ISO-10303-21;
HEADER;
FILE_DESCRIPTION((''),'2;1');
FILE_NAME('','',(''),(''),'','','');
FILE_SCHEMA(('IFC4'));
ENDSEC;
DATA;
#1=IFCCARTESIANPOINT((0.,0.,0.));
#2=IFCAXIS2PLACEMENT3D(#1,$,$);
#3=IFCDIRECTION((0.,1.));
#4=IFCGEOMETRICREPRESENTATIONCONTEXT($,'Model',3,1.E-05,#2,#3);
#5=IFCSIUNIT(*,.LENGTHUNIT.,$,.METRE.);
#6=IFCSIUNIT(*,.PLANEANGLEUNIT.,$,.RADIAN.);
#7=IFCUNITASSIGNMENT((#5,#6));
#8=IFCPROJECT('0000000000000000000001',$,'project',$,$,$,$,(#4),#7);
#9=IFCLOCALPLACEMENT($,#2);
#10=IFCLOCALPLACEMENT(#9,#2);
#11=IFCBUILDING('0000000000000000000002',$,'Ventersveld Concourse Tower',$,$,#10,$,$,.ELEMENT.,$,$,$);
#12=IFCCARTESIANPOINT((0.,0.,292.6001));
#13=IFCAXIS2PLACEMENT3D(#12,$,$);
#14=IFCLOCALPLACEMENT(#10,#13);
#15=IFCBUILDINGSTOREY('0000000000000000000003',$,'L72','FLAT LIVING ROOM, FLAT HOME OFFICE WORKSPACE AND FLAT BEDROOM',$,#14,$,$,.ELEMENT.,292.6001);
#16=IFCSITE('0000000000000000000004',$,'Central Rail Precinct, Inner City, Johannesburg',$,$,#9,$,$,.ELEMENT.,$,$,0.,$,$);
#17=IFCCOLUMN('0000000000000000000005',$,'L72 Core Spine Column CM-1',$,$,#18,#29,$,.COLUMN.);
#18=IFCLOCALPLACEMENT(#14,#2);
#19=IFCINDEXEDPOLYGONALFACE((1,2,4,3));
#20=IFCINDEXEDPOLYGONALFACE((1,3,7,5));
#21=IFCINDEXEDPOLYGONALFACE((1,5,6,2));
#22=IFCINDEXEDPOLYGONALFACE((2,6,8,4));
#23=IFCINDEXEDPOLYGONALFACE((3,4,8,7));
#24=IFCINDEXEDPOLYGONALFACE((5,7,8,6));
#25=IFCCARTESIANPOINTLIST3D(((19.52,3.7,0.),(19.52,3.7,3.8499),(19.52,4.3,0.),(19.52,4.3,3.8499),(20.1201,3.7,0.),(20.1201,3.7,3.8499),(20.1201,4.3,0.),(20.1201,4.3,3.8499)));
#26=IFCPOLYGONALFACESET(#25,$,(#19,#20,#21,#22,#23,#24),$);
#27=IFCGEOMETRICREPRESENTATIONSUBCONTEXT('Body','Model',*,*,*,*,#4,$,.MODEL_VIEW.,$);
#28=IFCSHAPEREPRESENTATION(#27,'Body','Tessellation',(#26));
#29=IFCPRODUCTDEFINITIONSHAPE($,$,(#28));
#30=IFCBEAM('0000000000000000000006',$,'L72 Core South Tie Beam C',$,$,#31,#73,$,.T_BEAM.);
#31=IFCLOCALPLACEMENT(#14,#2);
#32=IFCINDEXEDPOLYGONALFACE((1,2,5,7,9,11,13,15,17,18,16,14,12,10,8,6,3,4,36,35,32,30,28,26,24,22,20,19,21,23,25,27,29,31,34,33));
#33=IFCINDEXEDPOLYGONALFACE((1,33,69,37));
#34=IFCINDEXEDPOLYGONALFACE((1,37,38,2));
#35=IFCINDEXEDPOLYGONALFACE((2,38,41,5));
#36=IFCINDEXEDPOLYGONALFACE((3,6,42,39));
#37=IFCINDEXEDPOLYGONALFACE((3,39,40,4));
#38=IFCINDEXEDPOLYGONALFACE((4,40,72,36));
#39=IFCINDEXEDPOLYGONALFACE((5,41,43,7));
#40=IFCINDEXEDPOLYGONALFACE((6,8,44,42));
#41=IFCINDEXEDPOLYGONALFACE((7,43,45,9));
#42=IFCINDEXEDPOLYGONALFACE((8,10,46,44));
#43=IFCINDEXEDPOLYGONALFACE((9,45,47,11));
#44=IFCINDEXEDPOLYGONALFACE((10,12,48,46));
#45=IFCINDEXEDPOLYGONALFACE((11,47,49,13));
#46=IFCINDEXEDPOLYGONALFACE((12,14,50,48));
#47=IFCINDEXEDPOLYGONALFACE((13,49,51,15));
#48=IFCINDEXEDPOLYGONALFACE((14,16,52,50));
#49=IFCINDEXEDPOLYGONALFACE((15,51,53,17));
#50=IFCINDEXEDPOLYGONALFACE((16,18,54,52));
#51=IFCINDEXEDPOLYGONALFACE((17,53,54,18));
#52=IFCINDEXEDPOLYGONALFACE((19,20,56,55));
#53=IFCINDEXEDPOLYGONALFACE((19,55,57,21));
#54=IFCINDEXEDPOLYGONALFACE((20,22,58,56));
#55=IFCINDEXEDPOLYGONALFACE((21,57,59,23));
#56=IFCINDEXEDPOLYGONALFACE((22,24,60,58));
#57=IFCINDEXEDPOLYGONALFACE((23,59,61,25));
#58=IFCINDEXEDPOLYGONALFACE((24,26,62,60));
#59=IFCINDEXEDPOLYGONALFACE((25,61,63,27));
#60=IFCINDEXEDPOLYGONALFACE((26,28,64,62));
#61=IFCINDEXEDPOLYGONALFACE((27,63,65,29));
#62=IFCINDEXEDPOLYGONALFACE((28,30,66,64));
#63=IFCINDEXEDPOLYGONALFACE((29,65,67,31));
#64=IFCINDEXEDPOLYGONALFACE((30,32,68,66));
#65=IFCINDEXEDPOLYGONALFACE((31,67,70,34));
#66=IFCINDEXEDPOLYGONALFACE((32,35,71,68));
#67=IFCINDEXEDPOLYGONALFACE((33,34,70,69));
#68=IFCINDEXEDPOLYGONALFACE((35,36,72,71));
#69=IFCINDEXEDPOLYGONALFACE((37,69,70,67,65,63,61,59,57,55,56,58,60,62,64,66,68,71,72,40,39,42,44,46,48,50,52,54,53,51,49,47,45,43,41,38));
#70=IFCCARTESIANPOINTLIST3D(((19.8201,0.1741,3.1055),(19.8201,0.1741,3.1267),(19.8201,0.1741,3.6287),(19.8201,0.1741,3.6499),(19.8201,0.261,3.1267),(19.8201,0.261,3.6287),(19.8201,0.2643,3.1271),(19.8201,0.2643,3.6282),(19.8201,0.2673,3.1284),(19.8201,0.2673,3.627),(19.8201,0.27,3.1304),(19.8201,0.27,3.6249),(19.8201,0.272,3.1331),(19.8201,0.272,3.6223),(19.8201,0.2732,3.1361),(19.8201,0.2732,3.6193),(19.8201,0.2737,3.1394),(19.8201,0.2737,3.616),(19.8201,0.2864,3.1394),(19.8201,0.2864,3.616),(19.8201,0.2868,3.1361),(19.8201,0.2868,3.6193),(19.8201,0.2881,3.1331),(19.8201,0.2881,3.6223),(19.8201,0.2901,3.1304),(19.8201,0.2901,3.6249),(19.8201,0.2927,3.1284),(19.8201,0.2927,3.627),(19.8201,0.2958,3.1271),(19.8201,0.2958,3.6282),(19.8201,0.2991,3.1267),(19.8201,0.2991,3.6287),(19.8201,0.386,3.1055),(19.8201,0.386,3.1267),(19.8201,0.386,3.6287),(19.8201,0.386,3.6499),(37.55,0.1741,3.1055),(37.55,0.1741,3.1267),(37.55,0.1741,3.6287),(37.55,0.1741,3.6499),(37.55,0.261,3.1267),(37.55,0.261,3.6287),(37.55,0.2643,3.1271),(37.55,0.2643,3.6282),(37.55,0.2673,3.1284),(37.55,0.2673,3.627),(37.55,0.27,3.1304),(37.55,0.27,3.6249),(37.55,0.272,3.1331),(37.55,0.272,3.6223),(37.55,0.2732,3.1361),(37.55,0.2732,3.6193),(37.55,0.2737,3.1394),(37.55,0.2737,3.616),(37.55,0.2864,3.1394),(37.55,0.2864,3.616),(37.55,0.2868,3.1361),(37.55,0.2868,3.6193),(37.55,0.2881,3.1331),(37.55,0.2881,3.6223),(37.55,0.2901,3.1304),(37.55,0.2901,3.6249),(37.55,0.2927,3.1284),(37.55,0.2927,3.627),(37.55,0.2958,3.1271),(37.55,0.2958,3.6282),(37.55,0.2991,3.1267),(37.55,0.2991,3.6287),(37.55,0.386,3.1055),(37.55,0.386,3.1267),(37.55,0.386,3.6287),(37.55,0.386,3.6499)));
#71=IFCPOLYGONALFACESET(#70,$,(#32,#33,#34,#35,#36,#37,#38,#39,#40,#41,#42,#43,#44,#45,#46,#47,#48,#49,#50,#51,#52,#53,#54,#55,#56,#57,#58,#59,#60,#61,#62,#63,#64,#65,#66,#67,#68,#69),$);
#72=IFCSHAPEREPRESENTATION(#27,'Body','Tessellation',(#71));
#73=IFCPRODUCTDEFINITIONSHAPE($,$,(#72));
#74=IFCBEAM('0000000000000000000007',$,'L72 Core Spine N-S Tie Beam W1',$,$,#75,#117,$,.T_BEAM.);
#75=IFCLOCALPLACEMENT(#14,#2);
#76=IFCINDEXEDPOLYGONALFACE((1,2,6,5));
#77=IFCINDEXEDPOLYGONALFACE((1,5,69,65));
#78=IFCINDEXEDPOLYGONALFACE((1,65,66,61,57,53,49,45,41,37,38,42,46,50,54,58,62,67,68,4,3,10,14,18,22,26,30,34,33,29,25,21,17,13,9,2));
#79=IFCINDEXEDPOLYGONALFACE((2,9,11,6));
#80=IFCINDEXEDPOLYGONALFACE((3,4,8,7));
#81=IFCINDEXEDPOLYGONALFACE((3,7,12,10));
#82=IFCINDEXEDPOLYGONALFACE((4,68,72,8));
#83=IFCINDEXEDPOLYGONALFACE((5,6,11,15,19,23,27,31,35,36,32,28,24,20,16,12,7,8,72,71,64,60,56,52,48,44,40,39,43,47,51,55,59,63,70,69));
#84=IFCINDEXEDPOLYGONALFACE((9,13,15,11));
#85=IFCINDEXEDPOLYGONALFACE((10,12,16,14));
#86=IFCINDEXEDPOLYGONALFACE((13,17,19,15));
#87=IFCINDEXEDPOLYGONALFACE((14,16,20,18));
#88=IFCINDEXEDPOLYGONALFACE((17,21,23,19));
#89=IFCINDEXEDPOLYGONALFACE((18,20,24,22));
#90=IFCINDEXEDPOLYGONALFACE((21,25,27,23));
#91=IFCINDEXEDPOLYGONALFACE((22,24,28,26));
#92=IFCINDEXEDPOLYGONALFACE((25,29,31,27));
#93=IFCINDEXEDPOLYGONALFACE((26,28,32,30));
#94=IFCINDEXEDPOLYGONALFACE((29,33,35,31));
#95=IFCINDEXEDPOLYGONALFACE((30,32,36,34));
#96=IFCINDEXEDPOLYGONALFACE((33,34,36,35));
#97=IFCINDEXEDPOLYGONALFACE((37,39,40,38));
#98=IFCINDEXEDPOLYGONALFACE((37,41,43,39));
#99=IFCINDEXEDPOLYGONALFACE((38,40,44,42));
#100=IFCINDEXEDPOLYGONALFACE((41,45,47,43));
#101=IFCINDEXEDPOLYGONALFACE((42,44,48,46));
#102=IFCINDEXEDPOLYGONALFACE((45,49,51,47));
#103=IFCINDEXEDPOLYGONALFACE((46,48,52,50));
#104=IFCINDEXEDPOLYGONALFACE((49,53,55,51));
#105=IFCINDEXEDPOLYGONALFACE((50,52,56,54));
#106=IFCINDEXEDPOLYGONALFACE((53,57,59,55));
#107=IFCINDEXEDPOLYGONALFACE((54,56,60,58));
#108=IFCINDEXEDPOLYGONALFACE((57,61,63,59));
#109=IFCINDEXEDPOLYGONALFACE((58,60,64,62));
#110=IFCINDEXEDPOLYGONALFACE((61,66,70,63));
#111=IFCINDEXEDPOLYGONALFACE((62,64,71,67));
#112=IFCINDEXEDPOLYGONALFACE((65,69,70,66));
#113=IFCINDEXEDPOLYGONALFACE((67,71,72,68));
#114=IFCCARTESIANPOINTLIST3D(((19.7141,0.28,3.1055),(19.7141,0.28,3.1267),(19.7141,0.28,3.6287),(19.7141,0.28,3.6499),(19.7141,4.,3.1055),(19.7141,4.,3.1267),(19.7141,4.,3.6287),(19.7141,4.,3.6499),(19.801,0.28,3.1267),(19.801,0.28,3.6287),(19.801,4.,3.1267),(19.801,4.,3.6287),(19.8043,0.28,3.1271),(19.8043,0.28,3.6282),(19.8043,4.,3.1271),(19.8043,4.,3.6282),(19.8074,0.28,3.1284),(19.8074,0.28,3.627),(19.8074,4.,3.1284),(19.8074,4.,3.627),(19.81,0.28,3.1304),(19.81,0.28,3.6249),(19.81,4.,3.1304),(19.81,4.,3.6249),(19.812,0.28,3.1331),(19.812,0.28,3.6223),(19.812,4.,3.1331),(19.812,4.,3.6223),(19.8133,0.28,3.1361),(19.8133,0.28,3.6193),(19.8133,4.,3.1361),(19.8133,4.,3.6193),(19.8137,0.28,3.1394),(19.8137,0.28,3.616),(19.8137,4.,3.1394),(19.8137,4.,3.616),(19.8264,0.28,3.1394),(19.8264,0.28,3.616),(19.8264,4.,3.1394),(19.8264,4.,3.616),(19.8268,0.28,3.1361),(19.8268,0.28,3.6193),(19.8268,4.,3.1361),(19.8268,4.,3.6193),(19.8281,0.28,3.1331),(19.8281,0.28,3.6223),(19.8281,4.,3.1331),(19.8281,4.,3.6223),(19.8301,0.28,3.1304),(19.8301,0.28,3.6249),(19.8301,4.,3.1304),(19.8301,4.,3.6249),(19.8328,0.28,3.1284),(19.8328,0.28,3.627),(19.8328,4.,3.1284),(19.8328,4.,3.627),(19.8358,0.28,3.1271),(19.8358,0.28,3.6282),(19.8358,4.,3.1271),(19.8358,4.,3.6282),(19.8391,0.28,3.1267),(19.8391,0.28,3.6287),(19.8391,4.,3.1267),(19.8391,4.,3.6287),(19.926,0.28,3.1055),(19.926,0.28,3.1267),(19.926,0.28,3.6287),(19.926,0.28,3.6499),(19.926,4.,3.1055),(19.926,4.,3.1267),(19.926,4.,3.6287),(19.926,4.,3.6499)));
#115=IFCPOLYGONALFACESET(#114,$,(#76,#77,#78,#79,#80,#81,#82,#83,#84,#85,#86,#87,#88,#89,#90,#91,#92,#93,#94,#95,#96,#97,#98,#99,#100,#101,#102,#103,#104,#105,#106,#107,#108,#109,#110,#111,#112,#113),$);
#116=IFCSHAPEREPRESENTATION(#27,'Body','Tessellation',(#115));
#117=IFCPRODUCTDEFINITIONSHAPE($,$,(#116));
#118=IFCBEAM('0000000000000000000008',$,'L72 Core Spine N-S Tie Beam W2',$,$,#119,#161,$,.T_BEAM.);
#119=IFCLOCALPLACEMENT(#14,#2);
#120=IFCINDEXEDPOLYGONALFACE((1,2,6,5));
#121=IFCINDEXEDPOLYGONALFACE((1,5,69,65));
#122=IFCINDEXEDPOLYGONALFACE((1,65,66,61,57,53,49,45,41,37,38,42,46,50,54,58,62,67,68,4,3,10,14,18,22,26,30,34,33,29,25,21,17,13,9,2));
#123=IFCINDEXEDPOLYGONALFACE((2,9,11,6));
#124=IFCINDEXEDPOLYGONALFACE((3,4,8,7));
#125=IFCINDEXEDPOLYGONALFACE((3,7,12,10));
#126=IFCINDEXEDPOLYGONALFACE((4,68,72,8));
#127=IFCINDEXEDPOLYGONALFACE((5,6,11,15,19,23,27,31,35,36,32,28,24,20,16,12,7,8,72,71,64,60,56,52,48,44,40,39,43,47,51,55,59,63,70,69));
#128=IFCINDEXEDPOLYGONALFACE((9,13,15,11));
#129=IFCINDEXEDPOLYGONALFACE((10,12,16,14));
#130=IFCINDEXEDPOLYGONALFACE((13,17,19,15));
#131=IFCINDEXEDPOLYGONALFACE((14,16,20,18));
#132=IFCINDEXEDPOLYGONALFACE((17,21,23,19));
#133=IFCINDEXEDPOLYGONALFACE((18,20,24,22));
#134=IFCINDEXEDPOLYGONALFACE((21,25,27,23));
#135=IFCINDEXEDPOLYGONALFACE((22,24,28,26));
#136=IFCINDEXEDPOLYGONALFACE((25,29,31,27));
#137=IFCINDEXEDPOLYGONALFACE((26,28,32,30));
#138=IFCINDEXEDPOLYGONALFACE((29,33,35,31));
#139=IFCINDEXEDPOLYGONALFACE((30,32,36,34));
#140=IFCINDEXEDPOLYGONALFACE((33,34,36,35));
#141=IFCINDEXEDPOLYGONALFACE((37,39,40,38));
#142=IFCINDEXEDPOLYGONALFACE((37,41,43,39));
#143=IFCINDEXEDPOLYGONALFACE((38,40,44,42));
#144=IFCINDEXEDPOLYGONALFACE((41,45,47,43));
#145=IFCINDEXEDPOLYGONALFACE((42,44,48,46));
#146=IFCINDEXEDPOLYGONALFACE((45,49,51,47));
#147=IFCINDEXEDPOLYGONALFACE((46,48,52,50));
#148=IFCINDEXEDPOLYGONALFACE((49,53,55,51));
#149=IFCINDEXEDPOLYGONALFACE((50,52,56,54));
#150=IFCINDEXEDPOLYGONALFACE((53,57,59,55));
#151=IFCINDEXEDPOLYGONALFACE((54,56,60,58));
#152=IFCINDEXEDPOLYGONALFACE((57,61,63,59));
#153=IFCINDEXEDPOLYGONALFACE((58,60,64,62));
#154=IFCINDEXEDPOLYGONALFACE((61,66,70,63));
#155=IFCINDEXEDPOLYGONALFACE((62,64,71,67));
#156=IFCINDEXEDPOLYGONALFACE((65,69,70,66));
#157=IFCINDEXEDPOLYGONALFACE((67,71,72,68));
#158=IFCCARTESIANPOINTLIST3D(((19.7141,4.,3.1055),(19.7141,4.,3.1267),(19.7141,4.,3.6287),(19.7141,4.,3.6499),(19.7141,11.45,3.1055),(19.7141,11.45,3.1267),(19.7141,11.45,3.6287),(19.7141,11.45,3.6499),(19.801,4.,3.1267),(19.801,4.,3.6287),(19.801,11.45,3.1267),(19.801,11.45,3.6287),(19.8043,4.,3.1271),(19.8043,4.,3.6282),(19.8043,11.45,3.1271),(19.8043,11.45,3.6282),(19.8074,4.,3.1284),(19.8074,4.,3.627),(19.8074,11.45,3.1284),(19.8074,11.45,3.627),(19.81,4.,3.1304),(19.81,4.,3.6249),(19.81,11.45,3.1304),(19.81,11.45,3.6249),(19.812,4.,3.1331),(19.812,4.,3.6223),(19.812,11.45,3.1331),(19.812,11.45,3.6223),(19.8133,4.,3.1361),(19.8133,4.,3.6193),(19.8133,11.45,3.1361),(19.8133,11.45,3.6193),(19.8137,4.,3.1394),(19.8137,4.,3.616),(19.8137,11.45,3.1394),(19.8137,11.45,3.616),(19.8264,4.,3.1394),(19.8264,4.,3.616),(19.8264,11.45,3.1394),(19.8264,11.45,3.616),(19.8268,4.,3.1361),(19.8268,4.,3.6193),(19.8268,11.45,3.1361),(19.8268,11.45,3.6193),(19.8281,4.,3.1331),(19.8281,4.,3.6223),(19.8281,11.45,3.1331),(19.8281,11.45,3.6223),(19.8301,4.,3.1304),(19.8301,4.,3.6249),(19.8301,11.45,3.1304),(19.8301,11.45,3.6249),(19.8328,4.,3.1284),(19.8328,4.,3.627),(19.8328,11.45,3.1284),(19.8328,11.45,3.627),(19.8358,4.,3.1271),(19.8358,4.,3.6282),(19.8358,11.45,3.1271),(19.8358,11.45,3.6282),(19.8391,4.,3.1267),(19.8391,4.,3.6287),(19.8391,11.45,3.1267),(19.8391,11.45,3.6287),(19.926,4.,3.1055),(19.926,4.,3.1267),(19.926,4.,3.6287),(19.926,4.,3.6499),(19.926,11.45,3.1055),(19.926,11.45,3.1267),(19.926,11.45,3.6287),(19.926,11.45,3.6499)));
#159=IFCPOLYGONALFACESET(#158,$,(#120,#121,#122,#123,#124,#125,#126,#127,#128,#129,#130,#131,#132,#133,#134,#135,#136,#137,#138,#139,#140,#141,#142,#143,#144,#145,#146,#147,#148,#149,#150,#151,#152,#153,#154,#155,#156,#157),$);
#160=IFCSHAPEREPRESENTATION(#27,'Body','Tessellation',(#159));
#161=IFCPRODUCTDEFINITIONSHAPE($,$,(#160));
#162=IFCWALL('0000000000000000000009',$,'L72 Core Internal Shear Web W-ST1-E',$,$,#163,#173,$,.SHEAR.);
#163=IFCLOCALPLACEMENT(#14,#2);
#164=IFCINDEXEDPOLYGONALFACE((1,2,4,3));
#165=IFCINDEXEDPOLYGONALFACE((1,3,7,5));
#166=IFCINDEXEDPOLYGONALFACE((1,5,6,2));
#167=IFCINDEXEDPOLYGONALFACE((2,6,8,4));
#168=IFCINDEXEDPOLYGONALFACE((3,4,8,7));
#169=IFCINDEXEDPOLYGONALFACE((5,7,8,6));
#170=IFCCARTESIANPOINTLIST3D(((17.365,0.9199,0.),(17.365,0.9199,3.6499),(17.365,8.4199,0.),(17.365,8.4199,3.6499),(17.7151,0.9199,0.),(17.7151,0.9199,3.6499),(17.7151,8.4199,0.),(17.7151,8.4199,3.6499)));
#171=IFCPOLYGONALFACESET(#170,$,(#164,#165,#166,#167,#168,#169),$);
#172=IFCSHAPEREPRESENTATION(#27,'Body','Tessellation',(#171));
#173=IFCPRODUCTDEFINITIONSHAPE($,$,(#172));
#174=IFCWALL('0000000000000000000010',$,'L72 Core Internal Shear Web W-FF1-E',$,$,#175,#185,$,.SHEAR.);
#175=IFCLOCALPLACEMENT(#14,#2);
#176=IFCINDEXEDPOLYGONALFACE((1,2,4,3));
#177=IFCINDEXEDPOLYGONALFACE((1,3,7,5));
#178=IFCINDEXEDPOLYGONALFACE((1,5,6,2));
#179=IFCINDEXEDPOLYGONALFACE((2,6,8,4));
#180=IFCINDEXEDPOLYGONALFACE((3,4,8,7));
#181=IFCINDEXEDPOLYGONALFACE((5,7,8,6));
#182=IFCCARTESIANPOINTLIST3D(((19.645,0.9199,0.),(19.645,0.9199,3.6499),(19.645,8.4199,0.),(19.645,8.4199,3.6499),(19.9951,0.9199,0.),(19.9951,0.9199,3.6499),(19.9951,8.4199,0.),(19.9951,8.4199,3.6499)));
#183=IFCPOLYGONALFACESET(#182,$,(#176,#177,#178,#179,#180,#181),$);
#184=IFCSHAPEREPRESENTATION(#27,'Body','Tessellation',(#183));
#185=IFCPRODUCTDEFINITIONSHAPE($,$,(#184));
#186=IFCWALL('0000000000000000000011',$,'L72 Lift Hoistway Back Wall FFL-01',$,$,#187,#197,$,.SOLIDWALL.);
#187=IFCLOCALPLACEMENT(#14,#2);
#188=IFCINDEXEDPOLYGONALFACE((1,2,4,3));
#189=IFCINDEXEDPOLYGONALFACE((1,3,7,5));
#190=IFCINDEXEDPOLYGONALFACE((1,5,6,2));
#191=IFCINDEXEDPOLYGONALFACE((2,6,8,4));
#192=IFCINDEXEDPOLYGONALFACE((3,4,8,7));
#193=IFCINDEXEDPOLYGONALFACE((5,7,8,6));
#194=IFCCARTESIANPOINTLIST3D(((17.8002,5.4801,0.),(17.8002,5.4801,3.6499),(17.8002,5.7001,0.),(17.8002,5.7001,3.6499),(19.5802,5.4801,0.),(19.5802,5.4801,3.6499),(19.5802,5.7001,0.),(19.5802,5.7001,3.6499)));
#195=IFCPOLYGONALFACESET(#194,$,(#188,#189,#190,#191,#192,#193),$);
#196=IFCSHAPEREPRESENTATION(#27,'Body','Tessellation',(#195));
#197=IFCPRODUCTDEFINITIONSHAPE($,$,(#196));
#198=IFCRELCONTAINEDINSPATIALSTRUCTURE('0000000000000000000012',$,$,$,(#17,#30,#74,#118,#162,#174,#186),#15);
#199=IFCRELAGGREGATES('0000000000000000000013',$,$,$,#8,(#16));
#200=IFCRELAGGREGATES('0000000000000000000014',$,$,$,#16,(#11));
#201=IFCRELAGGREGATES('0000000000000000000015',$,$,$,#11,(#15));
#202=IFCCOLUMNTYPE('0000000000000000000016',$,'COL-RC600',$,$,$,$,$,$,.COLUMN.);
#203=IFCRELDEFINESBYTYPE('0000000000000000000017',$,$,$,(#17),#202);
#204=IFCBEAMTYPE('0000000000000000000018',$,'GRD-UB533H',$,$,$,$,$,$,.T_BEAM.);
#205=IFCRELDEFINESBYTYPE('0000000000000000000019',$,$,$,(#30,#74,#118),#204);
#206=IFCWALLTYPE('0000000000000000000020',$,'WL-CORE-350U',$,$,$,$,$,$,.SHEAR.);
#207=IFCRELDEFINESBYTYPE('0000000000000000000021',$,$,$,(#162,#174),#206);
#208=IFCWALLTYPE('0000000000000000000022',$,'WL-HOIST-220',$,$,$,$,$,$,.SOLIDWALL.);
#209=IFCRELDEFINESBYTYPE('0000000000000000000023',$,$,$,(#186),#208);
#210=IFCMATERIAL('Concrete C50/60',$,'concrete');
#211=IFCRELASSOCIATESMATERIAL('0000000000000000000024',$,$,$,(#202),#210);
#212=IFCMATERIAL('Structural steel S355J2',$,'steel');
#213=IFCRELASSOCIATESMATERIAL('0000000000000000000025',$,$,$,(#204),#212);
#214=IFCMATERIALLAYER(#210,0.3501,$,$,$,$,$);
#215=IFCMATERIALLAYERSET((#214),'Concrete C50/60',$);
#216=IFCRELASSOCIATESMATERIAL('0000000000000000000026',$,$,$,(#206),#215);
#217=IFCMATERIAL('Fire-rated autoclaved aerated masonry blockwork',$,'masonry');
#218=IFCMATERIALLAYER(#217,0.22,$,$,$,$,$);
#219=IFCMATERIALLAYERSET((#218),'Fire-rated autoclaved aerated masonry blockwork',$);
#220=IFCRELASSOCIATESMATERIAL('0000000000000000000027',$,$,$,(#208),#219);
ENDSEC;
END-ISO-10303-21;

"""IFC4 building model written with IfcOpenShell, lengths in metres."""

from ifc_helpers import new_model, si_unit, direction, frame, frame_2d, origin, origin_2d, place, context, subcontext, project, spatial, rectangle, i_section, extrude, material, layer, layer_set, material_profile, profile_set, type_object, element, save


model = new_model("IFC4")

# Units and contexts
model_context = context("Model", 3, precision=1e-05, world=origin(), true_north=direction((0.0, 1.0)))
body_context = subcontext(model_context, "Body", "Model", "MODEL_VIEW")
ifc_project = project(units=[si_unit("LENGTHUNIT", "METRE"), si_unit("PLANEANGLEUNIT", "RADIAN")], contexts=[model_context])

# Site, building, storey
site_placement = place(None, origin())
site = spatial("IfcSite", under=ifc_project, at=site_placement, Name="Central Rail Precinct, Inner City, Johannesburg", CompositionType="ELEMENT", RefElevation=0.0)
building_placement = place(site_placement, origin())
building = spatial("IfcBuilding", under=site, at=building_placement, Name="Ventersveld Concourse Tower", CompositionType="ELEMENT")
storey_placement = place(building_placement, frame((0.0, 0.0, 292.6001)))
storey = spatial("IfcBuildingStorey", under=building, at=storey_placement, Name="L72", Description="FLAT LIVING ROOM, FLAT HOME OFFICE WORKSPACE AND FLAT BEDROOM", CompositionType="ELEMENT", Elevation=292.6001)

# Column
ifc_material_1 = material(Name="Concrete C50/60", Category="concrete")
ifc_material_profile_1 = material_profile(ifc_material_1, rectangle(XDim=0.6001, YDim=0.6001, at=origin_2d()), Name="RC 600x600")
ifc_profile_set_1 = profile_set([ifc_material_profile_1], Name="Concrete C50/60")
column_type = type_object("IfcColumnType", Name="COL-RC600", PredefinedType="COLUMN", material=ifc_profile_set_1)
column_placement = place(storey_placement, frame((19.8201, 4.0, 0.0), z_axis=(0.0, 0.0, 1.0), x_axis=(1.0, 0.0, 0.0)))
element("IfcColumn", 1, at=column_placement, inside=storey, type_object=column_type, Name="L72 Core Spine Column CM-1", PredefinedType="COLUMN", context=body_context, shape_type="SweptSolid", body=[
    extrude(rectangle(XDim=0.6001, YDim=0.6001, at=origin_2d()), origin(), (0.0, 0.0, 1.0), 3.8499),
])

# Beams
ifc_material_2 = material(Name="Structural steel S355J2", Category="steel")
ifc_material_profile_2 = material_profile(ifc_material_2, i_section(OverallWidth=0.2119, OverallDepth=0.5444, WebThickness=0.0127, FlangeThickness=0.0212, FilletRadius=0.0127, at=origin_2d()), Name="UB 533x210x122")
ifc_profile_set_2 = profile_set([ifc_material_profile_2], Name="Structural steel S355J2")
beam_type = type_object("IfcBeamType", Name="GRD-UB533H", PredefinedType="T_BEAM", material=ifc_profile_set_2)
beam_1_placement = place(storey_placement, frame((19.8201, 0.28, 3.3777), z_axis=(1.0, 0.0, 0.0), x_axis=(0.0, 1.0, 0.0)))
element("IfcBeam", 2, at=beam_1_placement, inside=storey, type_object=beam_type, Name="L72 Core South Tie Beam C", PredefinedType="T_BEAM", context=body_context, shape_type="SweptSolid", body=[
    extrude(i_section(OverallWidth=0.2119, OverallDepth=0.5444, WebThickness=0.0127, FlangeThickness=0.0212, FilletRadius=0.0127, at=origin_2d()), origin(), (0.0, 0.0, 1.0), 17.73),
])
beam_2_placement = place(storey_placement, frame((19.8201, 0.28, 3.3777), z_axis=(0.0, 1.0, 0.0), x_axis=(-1.0, 0.0, 0.0)))
element("IfcBeam", 3, at=beam_2_placement, inside=storey, type_object=beam_type, Name="L72 Core Spine N-S Tie Beam W1", PredefinedType="T_BEAM", context=body_context, shape_type="SweptSolid", body=[
    extrude(i_section(OverallWidth=0.2119, OverallDepth=0.5444, WebThickness=0.0127, FlangeThickness=0.0212, FilletRadius=0.0127, at=origin_2d()), origin(), (0.0, 0.0, 1.0), 3.72),
])
beam_3_placement = place(storey_placement, frame((19.8201, 4.0, 3.3777), z_axis=(0.0, 1.0, 0.0), x_axis=(-1.0, 0.0, 0.0)))
element("IfcBeam", 4, at=beam_3_placement, inside=storey, type_object=beam_type, Name="L72 Core Spine N-S Tie Beam W2", PredefinedType="T_BEAM", context=body_context, shape_type="SweptSolid", body=[
    extrude(i_section(OverallWidth=0.2119, OverallDepth=0.5444, WebThickness=0.0127, FlangeThickness=0.0212, FilletRadius=0.0127, at=origin_2d()), origin(), (0.0, 0.0, 1.0), 7.45),
])

# Walls
ifc_layer_1 = layer(ifc_material_1, 0.3501)
ifc_layer_set_1 = layer_set([ifc_layer_1], Name="Concrete C50/60")
wall_type_1 = type_object("IfcWallType", Name="WL-CORE-350U", PredefinedType="SHEAR", material=ifc_layer_set_1)
for number, where, z_axis, x_axis, name in (
    (5, (17.54, 0.9199, 0.0), (0.0, 0.0, 1.0), (0.0, 1.0, 0.0), "L72 Core Internal Shear Web W-ST1-E"),
    (6, (19.8201, 0.9199, 0.0), (0.0, 0.0, 1.0), (0.0, 1.0, 0.0), "L72 Core Internal Shear Web W-FF1-E"),
):
    element("IfcWall", number, at=place(storey_placement, frame(where, z_axis=z_axis, x_axis=x_axis)), inside=storey, type_object=wall_type_1, Name=name, PredefinedType="SHEAR", context=body_context, shape_type="SweptSolid", body=[
        extrude(rectangle(XDim=7.5, YDim=0.3501, at=frame_2d((3.75, 0.0))), origin(), (0.0, 0.0, 1.0), 3.6499),
    ])
ifc_material_3 = material(Name="Fire-rated autoclaved aerated masonry blockwork", Category="masonry")
ifc_layer_2 = layer(ifc_material_3, 0.22)
ifc_layer_set_2 = layer_set([ifc_layer_2], Name="Fire-rated autoclaved aerated masonry blockwork")
wall_type_2 = type_object("IfcWallType", Name="WL-HOIST-220", PredefinedType="SOLIDWALL", material=ifc_layer_set_2)
wall_1_placement = place(storey_placement, frame((17.8, 5.5901, 0.0), z_axis=(0.0, 0.0, 1.0), x_axis=(1.0, 0.0, 0.0)))
element("IfcWall", 7, at=wall_1_placement, inside=storey, type_object=wall_type_2, Name="L72 Lift Hoistway Back Wall FFL-01", PredefinedType="SOLIDWALL", context=body_context, shape_type="SweptSolid", body=[
    extrude(rectangle(XDim=1.78, YDim=0.22, at=frame_2d((0.8901, 0.0))), origin(), (0.0, 0.0, 1.0), 3.6499),
])

save(model, "model.ifc")
